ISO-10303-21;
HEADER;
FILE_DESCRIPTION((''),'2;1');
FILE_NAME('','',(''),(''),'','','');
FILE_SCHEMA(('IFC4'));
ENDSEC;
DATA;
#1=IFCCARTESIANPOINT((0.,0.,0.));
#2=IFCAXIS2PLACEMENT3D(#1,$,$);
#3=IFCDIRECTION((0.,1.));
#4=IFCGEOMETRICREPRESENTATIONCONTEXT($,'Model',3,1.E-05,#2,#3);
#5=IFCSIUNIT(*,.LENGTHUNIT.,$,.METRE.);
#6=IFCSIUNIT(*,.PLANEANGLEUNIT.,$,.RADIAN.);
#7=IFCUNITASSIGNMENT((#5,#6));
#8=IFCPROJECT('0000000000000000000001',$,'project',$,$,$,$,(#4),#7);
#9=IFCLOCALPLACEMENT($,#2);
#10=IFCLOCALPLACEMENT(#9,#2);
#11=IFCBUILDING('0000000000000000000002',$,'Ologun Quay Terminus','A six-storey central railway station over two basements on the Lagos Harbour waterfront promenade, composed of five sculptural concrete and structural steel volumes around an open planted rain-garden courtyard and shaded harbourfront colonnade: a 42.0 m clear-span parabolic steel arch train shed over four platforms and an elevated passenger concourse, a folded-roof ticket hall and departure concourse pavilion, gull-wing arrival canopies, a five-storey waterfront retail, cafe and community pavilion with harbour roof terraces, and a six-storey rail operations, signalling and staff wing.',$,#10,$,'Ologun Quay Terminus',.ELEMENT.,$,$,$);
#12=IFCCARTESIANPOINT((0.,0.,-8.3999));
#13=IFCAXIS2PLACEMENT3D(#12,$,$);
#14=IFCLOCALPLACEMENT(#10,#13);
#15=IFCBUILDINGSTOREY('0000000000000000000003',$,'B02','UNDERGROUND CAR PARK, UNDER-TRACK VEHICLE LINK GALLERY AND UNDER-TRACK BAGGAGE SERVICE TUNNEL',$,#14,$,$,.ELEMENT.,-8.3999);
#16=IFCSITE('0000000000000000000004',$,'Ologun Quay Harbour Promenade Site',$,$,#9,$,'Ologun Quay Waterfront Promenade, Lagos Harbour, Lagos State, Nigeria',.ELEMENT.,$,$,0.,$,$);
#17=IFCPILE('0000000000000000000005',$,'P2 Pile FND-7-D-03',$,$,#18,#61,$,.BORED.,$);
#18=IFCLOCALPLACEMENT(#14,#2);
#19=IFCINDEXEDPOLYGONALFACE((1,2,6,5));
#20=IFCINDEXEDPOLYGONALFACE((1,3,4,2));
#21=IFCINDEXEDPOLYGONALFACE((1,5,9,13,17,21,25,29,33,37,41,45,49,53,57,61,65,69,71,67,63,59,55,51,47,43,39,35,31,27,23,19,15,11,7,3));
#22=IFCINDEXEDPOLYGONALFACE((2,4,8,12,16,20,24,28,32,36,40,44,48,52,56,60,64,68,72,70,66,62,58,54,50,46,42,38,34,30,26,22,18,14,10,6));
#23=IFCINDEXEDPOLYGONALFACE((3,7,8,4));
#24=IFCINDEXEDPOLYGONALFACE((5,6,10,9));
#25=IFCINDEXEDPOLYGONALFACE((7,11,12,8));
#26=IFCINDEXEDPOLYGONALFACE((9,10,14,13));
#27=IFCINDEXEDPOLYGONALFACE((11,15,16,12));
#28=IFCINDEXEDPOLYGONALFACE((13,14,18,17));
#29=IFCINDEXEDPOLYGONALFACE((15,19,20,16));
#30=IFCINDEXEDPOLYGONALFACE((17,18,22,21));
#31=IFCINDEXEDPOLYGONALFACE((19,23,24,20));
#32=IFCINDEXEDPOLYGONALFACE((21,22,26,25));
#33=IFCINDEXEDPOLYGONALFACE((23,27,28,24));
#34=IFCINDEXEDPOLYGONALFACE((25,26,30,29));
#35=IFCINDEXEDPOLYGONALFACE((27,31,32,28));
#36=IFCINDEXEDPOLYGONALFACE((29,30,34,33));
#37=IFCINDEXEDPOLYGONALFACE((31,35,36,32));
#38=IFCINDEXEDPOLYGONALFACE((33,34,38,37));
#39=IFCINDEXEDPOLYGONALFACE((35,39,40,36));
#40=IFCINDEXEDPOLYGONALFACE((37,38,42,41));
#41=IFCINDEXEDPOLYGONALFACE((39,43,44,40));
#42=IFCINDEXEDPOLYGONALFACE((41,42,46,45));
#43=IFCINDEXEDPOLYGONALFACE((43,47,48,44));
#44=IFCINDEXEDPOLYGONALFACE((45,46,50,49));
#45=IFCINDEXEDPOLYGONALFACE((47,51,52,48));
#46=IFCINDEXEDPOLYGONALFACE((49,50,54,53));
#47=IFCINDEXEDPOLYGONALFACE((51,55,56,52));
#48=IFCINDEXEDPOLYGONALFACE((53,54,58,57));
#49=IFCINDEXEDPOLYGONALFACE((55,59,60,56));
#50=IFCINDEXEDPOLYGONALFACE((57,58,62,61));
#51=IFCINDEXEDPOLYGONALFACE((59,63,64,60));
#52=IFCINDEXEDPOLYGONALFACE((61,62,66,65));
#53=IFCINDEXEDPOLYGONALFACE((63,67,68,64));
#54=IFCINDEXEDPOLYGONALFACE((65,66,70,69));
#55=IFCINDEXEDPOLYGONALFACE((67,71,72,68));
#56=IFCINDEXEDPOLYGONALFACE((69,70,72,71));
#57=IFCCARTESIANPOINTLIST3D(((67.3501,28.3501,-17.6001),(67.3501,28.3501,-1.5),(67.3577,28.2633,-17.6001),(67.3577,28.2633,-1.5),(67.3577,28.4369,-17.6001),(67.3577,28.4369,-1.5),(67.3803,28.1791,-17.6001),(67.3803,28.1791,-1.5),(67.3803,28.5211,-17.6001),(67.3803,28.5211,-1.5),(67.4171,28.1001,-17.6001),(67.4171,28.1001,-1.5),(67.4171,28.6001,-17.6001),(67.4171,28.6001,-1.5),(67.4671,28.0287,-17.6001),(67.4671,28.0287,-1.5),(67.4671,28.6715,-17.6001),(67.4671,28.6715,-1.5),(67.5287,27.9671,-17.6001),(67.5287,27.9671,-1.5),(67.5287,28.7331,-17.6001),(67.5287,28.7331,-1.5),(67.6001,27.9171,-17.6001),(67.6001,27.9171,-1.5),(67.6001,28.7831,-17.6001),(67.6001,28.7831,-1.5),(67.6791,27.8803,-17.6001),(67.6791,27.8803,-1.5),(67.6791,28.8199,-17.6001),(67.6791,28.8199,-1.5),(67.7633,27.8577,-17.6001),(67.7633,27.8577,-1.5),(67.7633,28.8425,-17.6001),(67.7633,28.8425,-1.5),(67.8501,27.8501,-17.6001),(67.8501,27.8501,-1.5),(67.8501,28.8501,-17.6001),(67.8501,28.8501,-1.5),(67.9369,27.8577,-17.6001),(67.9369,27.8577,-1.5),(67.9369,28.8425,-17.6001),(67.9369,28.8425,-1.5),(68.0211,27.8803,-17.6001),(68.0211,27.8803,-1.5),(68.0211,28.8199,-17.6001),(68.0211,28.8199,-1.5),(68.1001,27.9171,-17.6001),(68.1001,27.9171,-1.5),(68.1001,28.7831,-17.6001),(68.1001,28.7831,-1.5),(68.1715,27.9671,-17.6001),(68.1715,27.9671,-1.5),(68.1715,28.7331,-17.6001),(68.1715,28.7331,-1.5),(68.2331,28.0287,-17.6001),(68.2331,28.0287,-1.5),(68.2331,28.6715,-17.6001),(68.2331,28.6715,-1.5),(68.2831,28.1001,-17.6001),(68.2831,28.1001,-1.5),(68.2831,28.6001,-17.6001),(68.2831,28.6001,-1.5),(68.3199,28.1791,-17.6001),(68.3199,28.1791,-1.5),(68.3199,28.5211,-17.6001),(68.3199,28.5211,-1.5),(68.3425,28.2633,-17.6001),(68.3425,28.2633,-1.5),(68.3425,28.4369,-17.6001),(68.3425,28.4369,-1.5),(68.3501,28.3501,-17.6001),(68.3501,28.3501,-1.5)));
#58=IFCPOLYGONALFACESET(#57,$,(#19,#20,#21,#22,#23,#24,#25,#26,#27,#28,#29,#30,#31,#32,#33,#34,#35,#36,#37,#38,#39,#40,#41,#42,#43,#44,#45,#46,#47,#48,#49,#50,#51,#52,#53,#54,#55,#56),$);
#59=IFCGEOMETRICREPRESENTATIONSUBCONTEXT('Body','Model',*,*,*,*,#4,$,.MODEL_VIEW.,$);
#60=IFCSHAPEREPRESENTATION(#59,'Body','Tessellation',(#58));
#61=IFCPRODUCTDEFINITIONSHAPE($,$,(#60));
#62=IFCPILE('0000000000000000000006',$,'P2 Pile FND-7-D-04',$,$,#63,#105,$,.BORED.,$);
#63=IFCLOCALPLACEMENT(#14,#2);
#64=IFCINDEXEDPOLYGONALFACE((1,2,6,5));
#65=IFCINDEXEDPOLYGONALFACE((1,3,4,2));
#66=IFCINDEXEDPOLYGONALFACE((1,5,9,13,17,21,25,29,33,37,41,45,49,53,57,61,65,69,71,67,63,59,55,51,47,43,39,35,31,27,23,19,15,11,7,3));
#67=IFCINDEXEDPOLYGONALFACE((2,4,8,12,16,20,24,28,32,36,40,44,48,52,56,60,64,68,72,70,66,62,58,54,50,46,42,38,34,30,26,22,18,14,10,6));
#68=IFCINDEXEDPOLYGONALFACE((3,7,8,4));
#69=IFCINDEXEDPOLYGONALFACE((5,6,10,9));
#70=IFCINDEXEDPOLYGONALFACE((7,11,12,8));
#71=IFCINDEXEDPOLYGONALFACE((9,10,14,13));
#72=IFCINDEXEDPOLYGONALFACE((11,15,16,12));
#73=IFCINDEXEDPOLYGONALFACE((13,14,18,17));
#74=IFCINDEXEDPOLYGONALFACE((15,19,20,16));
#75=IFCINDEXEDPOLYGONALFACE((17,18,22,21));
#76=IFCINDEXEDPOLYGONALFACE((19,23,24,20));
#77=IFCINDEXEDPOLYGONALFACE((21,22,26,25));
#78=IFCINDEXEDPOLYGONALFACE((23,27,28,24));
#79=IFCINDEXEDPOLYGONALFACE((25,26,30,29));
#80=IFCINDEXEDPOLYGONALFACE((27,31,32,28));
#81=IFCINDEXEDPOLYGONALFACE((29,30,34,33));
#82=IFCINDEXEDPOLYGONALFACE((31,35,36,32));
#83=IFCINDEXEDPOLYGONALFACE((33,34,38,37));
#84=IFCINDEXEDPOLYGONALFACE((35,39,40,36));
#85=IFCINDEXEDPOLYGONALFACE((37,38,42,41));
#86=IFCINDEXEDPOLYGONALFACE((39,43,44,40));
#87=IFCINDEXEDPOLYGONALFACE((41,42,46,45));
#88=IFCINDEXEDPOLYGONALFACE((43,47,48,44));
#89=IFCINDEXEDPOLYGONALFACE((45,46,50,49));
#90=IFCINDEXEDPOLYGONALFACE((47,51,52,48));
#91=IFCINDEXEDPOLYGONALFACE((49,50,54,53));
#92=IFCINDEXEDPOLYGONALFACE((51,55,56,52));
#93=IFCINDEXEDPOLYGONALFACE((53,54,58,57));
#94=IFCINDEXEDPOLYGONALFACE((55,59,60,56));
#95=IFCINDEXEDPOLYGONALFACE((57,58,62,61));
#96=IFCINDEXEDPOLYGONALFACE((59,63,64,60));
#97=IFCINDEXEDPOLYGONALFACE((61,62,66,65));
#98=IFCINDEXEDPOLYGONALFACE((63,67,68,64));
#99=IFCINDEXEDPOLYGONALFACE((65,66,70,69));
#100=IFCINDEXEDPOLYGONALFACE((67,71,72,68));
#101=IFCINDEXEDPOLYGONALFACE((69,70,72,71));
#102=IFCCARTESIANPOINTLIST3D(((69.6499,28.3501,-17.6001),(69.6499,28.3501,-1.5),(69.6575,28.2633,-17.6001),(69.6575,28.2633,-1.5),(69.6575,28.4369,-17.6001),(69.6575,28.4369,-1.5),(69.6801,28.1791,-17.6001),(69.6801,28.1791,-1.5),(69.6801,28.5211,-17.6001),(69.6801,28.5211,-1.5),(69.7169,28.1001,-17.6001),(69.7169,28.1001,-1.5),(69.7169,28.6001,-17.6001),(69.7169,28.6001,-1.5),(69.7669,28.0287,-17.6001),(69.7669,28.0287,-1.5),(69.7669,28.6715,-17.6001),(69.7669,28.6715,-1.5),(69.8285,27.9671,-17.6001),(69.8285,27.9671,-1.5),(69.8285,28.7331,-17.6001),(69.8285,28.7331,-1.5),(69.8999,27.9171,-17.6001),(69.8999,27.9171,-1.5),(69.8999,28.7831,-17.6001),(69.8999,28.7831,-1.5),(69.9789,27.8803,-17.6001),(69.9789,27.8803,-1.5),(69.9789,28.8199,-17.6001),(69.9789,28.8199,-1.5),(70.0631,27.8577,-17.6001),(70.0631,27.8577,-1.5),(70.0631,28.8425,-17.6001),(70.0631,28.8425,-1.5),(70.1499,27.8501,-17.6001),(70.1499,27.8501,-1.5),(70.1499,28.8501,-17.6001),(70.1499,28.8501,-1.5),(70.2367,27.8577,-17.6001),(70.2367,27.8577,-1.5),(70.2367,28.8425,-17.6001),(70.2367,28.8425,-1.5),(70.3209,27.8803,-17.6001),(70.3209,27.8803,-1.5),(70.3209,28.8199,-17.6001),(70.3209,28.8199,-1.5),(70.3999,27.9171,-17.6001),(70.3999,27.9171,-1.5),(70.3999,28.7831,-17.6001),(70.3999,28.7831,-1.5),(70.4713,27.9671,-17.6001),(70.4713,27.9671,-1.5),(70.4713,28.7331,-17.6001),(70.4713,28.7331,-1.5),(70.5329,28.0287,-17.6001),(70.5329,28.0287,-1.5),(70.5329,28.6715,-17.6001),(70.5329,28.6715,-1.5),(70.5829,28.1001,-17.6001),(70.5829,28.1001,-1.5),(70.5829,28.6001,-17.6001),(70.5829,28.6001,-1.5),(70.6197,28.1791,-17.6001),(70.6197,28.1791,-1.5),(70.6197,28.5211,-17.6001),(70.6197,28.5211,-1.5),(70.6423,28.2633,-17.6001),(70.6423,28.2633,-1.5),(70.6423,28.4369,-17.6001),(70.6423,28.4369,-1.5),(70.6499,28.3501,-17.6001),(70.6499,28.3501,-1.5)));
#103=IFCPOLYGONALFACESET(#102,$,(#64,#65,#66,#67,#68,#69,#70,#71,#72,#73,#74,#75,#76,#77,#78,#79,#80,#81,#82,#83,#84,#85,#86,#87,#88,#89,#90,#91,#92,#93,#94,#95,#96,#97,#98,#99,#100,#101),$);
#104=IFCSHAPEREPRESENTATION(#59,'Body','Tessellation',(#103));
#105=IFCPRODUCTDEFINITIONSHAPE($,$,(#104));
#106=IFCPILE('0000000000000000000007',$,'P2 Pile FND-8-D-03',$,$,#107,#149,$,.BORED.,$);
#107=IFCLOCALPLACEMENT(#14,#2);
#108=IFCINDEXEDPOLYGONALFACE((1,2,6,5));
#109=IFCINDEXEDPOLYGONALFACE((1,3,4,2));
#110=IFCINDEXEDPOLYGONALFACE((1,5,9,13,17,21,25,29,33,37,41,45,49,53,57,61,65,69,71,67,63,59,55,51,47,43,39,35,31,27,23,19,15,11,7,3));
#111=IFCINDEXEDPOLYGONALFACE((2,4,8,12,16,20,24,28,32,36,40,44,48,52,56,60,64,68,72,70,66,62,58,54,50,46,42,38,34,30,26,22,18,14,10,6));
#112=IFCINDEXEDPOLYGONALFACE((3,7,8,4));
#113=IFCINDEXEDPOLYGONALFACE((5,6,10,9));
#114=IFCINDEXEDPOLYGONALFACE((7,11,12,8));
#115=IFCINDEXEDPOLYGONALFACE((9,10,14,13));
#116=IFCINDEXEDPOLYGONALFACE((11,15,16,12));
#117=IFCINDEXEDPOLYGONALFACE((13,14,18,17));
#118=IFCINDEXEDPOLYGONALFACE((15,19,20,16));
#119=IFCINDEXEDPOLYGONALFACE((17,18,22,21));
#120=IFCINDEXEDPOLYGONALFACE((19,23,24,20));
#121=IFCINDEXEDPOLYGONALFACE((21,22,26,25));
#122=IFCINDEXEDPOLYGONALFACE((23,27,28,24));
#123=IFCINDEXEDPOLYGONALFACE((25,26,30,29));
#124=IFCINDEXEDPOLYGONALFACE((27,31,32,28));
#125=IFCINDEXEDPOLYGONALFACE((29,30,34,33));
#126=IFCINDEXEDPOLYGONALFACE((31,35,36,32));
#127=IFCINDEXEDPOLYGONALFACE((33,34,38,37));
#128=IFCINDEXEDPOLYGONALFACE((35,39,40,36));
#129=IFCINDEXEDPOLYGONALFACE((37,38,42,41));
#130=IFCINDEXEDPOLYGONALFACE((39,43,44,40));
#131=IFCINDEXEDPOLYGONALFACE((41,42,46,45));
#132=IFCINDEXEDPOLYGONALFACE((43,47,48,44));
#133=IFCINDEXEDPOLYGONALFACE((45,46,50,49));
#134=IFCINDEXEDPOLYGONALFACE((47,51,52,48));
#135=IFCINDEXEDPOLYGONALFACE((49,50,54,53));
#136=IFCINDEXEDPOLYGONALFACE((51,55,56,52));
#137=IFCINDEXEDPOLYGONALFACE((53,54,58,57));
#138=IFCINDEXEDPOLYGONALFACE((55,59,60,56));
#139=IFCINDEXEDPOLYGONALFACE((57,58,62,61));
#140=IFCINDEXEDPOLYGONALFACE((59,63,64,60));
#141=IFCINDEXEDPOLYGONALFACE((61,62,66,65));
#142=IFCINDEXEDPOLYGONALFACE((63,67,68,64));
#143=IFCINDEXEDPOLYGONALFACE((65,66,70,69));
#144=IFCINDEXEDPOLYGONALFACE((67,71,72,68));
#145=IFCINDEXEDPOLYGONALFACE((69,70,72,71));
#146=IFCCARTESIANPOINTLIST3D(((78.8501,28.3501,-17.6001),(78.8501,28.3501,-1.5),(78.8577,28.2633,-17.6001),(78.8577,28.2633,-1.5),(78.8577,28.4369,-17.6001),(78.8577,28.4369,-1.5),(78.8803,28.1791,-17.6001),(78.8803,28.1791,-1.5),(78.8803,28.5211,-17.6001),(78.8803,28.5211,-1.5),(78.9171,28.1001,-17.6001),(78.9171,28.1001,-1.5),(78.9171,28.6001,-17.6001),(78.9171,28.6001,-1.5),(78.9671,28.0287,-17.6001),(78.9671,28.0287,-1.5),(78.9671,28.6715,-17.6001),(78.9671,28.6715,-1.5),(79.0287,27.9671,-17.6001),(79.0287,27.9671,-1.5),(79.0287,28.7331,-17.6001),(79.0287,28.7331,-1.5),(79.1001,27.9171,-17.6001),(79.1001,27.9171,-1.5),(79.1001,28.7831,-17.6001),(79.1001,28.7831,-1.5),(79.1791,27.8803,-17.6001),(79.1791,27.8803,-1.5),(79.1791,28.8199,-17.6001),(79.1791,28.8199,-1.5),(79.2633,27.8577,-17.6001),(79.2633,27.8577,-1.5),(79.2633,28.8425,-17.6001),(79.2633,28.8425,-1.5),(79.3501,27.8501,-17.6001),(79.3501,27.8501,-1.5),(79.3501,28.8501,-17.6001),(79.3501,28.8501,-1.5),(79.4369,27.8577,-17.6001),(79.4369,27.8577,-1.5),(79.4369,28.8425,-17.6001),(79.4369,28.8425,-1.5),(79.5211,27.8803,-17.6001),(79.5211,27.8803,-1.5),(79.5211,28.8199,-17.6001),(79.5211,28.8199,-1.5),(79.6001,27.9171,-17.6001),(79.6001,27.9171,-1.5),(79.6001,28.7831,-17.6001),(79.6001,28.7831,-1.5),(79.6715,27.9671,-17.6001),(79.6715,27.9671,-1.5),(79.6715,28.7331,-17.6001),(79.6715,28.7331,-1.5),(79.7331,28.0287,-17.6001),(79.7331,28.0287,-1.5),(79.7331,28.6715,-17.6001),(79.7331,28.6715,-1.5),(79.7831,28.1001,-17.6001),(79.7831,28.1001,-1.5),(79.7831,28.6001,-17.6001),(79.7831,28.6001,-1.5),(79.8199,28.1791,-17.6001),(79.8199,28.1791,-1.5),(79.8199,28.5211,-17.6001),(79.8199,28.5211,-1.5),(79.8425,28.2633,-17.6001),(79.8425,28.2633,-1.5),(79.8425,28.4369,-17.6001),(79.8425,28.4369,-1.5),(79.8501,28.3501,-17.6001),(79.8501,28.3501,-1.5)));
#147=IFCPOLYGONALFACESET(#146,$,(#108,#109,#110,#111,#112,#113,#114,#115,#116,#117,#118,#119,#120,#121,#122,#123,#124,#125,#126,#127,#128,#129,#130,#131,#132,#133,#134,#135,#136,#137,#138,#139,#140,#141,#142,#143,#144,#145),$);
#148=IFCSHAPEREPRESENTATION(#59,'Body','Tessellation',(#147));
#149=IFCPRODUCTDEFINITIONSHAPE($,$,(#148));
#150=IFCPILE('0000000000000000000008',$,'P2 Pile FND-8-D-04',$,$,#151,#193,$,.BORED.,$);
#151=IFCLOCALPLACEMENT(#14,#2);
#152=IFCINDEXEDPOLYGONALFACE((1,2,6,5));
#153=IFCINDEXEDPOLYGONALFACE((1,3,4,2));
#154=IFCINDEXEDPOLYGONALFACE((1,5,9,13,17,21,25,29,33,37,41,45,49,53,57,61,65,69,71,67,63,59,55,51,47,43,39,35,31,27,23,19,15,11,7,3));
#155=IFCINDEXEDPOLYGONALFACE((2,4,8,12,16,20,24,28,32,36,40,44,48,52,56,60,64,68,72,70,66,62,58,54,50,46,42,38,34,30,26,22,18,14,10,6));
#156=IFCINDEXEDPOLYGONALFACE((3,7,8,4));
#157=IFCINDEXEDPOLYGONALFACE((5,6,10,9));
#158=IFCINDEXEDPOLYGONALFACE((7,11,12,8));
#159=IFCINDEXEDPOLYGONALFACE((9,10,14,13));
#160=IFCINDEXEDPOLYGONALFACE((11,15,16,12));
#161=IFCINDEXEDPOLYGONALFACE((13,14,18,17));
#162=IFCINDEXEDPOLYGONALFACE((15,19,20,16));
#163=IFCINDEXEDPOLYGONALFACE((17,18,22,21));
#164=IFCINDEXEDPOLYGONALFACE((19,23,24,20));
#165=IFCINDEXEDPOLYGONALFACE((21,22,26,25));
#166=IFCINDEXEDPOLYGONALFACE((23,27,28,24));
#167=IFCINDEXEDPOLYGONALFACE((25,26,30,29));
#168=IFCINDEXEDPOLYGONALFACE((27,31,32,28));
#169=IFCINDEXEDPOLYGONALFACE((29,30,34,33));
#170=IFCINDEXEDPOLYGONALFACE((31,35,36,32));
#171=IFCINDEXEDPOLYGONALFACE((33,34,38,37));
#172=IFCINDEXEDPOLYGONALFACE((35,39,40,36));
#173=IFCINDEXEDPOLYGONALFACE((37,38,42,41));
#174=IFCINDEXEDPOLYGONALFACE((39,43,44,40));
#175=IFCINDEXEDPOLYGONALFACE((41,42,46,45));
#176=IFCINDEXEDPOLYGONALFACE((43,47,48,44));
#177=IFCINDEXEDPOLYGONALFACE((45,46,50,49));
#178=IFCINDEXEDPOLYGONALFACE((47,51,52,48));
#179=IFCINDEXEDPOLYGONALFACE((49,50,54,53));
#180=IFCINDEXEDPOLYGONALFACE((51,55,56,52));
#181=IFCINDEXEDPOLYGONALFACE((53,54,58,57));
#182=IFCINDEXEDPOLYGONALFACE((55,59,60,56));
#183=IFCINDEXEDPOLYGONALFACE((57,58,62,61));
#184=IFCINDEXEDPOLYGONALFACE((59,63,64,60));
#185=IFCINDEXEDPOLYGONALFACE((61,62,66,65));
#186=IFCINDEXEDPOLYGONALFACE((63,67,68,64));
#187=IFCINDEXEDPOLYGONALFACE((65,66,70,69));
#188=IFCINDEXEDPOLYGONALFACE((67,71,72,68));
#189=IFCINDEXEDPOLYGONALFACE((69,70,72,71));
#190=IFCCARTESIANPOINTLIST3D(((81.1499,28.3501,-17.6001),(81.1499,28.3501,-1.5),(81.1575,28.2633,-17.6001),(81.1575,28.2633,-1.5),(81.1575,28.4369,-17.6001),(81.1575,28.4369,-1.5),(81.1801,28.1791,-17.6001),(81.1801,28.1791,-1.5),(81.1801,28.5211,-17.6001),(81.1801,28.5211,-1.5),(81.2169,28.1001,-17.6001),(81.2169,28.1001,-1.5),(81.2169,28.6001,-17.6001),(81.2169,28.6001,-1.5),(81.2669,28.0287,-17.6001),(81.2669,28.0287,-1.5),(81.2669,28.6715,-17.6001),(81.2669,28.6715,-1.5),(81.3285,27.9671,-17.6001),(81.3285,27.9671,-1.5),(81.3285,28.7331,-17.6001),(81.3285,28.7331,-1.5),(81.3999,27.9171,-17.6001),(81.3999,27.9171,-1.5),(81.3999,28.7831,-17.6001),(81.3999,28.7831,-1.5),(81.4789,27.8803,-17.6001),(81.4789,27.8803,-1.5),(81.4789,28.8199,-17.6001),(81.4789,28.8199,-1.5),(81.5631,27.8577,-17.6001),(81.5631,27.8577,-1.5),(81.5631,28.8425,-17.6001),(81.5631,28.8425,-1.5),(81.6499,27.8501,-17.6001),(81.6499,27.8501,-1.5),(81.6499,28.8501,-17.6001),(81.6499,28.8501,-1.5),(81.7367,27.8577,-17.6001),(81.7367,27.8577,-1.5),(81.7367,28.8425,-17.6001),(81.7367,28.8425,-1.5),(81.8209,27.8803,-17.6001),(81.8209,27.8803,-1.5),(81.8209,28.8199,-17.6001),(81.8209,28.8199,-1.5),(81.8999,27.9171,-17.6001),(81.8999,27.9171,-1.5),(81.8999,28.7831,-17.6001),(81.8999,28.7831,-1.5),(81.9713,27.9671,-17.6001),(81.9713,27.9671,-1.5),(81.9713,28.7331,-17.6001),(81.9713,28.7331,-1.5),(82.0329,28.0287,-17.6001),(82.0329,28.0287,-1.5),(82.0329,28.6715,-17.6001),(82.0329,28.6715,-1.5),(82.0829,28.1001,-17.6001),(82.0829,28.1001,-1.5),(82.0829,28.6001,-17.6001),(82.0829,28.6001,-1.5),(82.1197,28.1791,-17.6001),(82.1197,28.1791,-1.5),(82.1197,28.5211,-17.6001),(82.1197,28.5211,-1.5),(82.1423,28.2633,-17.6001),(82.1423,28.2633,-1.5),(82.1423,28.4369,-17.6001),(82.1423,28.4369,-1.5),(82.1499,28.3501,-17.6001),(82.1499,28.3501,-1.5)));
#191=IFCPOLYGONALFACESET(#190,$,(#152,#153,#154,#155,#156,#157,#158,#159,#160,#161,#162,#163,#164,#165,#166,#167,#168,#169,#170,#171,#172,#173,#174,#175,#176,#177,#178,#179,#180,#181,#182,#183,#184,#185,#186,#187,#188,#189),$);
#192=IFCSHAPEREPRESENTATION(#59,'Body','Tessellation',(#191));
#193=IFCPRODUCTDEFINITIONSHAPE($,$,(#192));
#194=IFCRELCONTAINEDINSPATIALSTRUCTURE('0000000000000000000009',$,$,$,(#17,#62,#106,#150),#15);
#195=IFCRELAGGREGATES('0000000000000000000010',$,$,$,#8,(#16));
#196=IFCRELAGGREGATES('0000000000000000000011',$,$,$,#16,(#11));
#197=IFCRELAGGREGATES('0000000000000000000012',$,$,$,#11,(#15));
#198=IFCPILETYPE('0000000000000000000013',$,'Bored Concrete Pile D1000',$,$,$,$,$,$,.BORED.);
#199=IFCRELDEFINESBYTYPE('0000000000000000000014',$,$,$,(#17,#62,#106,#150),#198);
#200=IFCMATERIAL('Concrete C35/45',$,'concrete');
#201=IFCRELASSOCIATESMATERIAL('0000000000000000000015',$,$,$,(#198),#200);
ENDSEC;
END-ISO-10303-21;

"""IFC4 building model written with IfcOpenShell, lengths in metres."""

from ifc_helpers import new_model, si_unit, direction, frame, origin, origin_2d, place, context, subcontext, project, spatial, circle, extrude, material, material_profile, profile_set, type_object, element, save


model = new_model("IFC4")

# Units and contexts
model_context = context("Model", 3, precision=1e-05, world=origin(), true_north=direction((0.0, 1.0)))
body_context = subcontext(model_context, "Body", "Model", "MODEL_VIEW")
ifc_project = project(units=[si_unit("LENGTHUNIT", "METRE"), si_unit("PLANEANGLEUNIT", "RADIAN")], contexts=[model_context])

# Site, building, storey
site_placement = place(None, origin())
site = spatial("IfcSite", under=ifc_project, at=site_placement, Name="Ologun Quay Harbour Promenade Site", LongName="Ologun Quay Waterfront Promenade, Lagos Harbour, Lagos State, Nigeria", CompositionType="ELEMENT", RefElevation=0.0)
building_placement = place(site_placement, origin())
building = spatial("IfcBuilding", under=site, at=building_placement, Name="Ologun Quay Terminus", Description="A six-storey central railway station over two basements on the Lagos Harbour waterfront promenade, composed of five sculptural concrete and structural steel volumes around an open planted rain-garden courtyard and shaded harbourfront colonnade: a 42.0 m clear-span parabolic steel arch train shed over four platforms and an elevated passenger concourse, a folded-roof ticket hall and departure concourse pavilion, gull-wing arrival canopies, a five-storey waterfront retail, cafe and community pavilion with harbour roof terraces, and a six-storey rail operations, signalling and staff wing.", LongName="Ologun Quay Terminus", CompositionType="ELEMENT")
storey_placement = place(building_placement, frame((0.0, 0.0, -8.3999)))
storey = spatial("IfcBuildingStorey", under=building, at=storey_placement, Name="B02", Description="UNDERGROUND CAR PARK, UNDER-TRACK VEHICLE LINK GALLERY AND UNDER-TRACK BAGGAGE SERVICE TUNNEL", CompositionType="ELEMENT", Elevation=-8.3999)

# Piles
ifc_material_1 = material(Name="Concrete C35/45", Category="concrete")
ifc_material_profile_1 = material_profile(ifc_material_1, circle(Radius=0.5, at=origin_2d()), Name="PILE D1000")
ifc_profile_set_1 = profile_set([ifc_material_profile_1], Name="Concrete C35/45")
pile_type_1 = type_object("IfcPileType", Name="Bored Concrete Pile D1000", PredefinedType="BORED", material=ifc_profile_set_1)
for number, where, z_axis, x_axis, name in (
    (1, (67.8501, 28.3501, -1.5), (0.0, 0.0, -1.0), (1.0, 0.0, 0.0), "P2 Pile FND-7-D-03"),
    (2, (70.1499, 28.3501, -1.5), (0.0, 0.0, -1.0), (1.0, 0.0, 0.0), "P2 Pile FND-7-D-04"),
    (3, (79.3501, 28.3501, -1.5), (0.0, 0.0, -1.0), (1.0, 0.0, 0.0), "P2 Pile FND-8-D-03"),
    (4, (81.6499, 28.3501, -1.5), (0.0, 0.0, -1.0), (1.0, 0.0, 0.0), "P2 Pile FND-8-D-04"),
):
    element("IfcPile", number, at=place(storey_placement, frame(where, z_axis=z_axis, x_axis=x_axis)), inside=storey, type_object=pile_type_1, Name=name, PredefinedType="BORED", context=body_context, shape_type="SweptSolid", body=[
        extrude(circle(Radius=0.5, at=origin_2d()), origin(), (0.0, 0.0, 1.0), 16.1001),
    ])

save(model, "model.ifc")
